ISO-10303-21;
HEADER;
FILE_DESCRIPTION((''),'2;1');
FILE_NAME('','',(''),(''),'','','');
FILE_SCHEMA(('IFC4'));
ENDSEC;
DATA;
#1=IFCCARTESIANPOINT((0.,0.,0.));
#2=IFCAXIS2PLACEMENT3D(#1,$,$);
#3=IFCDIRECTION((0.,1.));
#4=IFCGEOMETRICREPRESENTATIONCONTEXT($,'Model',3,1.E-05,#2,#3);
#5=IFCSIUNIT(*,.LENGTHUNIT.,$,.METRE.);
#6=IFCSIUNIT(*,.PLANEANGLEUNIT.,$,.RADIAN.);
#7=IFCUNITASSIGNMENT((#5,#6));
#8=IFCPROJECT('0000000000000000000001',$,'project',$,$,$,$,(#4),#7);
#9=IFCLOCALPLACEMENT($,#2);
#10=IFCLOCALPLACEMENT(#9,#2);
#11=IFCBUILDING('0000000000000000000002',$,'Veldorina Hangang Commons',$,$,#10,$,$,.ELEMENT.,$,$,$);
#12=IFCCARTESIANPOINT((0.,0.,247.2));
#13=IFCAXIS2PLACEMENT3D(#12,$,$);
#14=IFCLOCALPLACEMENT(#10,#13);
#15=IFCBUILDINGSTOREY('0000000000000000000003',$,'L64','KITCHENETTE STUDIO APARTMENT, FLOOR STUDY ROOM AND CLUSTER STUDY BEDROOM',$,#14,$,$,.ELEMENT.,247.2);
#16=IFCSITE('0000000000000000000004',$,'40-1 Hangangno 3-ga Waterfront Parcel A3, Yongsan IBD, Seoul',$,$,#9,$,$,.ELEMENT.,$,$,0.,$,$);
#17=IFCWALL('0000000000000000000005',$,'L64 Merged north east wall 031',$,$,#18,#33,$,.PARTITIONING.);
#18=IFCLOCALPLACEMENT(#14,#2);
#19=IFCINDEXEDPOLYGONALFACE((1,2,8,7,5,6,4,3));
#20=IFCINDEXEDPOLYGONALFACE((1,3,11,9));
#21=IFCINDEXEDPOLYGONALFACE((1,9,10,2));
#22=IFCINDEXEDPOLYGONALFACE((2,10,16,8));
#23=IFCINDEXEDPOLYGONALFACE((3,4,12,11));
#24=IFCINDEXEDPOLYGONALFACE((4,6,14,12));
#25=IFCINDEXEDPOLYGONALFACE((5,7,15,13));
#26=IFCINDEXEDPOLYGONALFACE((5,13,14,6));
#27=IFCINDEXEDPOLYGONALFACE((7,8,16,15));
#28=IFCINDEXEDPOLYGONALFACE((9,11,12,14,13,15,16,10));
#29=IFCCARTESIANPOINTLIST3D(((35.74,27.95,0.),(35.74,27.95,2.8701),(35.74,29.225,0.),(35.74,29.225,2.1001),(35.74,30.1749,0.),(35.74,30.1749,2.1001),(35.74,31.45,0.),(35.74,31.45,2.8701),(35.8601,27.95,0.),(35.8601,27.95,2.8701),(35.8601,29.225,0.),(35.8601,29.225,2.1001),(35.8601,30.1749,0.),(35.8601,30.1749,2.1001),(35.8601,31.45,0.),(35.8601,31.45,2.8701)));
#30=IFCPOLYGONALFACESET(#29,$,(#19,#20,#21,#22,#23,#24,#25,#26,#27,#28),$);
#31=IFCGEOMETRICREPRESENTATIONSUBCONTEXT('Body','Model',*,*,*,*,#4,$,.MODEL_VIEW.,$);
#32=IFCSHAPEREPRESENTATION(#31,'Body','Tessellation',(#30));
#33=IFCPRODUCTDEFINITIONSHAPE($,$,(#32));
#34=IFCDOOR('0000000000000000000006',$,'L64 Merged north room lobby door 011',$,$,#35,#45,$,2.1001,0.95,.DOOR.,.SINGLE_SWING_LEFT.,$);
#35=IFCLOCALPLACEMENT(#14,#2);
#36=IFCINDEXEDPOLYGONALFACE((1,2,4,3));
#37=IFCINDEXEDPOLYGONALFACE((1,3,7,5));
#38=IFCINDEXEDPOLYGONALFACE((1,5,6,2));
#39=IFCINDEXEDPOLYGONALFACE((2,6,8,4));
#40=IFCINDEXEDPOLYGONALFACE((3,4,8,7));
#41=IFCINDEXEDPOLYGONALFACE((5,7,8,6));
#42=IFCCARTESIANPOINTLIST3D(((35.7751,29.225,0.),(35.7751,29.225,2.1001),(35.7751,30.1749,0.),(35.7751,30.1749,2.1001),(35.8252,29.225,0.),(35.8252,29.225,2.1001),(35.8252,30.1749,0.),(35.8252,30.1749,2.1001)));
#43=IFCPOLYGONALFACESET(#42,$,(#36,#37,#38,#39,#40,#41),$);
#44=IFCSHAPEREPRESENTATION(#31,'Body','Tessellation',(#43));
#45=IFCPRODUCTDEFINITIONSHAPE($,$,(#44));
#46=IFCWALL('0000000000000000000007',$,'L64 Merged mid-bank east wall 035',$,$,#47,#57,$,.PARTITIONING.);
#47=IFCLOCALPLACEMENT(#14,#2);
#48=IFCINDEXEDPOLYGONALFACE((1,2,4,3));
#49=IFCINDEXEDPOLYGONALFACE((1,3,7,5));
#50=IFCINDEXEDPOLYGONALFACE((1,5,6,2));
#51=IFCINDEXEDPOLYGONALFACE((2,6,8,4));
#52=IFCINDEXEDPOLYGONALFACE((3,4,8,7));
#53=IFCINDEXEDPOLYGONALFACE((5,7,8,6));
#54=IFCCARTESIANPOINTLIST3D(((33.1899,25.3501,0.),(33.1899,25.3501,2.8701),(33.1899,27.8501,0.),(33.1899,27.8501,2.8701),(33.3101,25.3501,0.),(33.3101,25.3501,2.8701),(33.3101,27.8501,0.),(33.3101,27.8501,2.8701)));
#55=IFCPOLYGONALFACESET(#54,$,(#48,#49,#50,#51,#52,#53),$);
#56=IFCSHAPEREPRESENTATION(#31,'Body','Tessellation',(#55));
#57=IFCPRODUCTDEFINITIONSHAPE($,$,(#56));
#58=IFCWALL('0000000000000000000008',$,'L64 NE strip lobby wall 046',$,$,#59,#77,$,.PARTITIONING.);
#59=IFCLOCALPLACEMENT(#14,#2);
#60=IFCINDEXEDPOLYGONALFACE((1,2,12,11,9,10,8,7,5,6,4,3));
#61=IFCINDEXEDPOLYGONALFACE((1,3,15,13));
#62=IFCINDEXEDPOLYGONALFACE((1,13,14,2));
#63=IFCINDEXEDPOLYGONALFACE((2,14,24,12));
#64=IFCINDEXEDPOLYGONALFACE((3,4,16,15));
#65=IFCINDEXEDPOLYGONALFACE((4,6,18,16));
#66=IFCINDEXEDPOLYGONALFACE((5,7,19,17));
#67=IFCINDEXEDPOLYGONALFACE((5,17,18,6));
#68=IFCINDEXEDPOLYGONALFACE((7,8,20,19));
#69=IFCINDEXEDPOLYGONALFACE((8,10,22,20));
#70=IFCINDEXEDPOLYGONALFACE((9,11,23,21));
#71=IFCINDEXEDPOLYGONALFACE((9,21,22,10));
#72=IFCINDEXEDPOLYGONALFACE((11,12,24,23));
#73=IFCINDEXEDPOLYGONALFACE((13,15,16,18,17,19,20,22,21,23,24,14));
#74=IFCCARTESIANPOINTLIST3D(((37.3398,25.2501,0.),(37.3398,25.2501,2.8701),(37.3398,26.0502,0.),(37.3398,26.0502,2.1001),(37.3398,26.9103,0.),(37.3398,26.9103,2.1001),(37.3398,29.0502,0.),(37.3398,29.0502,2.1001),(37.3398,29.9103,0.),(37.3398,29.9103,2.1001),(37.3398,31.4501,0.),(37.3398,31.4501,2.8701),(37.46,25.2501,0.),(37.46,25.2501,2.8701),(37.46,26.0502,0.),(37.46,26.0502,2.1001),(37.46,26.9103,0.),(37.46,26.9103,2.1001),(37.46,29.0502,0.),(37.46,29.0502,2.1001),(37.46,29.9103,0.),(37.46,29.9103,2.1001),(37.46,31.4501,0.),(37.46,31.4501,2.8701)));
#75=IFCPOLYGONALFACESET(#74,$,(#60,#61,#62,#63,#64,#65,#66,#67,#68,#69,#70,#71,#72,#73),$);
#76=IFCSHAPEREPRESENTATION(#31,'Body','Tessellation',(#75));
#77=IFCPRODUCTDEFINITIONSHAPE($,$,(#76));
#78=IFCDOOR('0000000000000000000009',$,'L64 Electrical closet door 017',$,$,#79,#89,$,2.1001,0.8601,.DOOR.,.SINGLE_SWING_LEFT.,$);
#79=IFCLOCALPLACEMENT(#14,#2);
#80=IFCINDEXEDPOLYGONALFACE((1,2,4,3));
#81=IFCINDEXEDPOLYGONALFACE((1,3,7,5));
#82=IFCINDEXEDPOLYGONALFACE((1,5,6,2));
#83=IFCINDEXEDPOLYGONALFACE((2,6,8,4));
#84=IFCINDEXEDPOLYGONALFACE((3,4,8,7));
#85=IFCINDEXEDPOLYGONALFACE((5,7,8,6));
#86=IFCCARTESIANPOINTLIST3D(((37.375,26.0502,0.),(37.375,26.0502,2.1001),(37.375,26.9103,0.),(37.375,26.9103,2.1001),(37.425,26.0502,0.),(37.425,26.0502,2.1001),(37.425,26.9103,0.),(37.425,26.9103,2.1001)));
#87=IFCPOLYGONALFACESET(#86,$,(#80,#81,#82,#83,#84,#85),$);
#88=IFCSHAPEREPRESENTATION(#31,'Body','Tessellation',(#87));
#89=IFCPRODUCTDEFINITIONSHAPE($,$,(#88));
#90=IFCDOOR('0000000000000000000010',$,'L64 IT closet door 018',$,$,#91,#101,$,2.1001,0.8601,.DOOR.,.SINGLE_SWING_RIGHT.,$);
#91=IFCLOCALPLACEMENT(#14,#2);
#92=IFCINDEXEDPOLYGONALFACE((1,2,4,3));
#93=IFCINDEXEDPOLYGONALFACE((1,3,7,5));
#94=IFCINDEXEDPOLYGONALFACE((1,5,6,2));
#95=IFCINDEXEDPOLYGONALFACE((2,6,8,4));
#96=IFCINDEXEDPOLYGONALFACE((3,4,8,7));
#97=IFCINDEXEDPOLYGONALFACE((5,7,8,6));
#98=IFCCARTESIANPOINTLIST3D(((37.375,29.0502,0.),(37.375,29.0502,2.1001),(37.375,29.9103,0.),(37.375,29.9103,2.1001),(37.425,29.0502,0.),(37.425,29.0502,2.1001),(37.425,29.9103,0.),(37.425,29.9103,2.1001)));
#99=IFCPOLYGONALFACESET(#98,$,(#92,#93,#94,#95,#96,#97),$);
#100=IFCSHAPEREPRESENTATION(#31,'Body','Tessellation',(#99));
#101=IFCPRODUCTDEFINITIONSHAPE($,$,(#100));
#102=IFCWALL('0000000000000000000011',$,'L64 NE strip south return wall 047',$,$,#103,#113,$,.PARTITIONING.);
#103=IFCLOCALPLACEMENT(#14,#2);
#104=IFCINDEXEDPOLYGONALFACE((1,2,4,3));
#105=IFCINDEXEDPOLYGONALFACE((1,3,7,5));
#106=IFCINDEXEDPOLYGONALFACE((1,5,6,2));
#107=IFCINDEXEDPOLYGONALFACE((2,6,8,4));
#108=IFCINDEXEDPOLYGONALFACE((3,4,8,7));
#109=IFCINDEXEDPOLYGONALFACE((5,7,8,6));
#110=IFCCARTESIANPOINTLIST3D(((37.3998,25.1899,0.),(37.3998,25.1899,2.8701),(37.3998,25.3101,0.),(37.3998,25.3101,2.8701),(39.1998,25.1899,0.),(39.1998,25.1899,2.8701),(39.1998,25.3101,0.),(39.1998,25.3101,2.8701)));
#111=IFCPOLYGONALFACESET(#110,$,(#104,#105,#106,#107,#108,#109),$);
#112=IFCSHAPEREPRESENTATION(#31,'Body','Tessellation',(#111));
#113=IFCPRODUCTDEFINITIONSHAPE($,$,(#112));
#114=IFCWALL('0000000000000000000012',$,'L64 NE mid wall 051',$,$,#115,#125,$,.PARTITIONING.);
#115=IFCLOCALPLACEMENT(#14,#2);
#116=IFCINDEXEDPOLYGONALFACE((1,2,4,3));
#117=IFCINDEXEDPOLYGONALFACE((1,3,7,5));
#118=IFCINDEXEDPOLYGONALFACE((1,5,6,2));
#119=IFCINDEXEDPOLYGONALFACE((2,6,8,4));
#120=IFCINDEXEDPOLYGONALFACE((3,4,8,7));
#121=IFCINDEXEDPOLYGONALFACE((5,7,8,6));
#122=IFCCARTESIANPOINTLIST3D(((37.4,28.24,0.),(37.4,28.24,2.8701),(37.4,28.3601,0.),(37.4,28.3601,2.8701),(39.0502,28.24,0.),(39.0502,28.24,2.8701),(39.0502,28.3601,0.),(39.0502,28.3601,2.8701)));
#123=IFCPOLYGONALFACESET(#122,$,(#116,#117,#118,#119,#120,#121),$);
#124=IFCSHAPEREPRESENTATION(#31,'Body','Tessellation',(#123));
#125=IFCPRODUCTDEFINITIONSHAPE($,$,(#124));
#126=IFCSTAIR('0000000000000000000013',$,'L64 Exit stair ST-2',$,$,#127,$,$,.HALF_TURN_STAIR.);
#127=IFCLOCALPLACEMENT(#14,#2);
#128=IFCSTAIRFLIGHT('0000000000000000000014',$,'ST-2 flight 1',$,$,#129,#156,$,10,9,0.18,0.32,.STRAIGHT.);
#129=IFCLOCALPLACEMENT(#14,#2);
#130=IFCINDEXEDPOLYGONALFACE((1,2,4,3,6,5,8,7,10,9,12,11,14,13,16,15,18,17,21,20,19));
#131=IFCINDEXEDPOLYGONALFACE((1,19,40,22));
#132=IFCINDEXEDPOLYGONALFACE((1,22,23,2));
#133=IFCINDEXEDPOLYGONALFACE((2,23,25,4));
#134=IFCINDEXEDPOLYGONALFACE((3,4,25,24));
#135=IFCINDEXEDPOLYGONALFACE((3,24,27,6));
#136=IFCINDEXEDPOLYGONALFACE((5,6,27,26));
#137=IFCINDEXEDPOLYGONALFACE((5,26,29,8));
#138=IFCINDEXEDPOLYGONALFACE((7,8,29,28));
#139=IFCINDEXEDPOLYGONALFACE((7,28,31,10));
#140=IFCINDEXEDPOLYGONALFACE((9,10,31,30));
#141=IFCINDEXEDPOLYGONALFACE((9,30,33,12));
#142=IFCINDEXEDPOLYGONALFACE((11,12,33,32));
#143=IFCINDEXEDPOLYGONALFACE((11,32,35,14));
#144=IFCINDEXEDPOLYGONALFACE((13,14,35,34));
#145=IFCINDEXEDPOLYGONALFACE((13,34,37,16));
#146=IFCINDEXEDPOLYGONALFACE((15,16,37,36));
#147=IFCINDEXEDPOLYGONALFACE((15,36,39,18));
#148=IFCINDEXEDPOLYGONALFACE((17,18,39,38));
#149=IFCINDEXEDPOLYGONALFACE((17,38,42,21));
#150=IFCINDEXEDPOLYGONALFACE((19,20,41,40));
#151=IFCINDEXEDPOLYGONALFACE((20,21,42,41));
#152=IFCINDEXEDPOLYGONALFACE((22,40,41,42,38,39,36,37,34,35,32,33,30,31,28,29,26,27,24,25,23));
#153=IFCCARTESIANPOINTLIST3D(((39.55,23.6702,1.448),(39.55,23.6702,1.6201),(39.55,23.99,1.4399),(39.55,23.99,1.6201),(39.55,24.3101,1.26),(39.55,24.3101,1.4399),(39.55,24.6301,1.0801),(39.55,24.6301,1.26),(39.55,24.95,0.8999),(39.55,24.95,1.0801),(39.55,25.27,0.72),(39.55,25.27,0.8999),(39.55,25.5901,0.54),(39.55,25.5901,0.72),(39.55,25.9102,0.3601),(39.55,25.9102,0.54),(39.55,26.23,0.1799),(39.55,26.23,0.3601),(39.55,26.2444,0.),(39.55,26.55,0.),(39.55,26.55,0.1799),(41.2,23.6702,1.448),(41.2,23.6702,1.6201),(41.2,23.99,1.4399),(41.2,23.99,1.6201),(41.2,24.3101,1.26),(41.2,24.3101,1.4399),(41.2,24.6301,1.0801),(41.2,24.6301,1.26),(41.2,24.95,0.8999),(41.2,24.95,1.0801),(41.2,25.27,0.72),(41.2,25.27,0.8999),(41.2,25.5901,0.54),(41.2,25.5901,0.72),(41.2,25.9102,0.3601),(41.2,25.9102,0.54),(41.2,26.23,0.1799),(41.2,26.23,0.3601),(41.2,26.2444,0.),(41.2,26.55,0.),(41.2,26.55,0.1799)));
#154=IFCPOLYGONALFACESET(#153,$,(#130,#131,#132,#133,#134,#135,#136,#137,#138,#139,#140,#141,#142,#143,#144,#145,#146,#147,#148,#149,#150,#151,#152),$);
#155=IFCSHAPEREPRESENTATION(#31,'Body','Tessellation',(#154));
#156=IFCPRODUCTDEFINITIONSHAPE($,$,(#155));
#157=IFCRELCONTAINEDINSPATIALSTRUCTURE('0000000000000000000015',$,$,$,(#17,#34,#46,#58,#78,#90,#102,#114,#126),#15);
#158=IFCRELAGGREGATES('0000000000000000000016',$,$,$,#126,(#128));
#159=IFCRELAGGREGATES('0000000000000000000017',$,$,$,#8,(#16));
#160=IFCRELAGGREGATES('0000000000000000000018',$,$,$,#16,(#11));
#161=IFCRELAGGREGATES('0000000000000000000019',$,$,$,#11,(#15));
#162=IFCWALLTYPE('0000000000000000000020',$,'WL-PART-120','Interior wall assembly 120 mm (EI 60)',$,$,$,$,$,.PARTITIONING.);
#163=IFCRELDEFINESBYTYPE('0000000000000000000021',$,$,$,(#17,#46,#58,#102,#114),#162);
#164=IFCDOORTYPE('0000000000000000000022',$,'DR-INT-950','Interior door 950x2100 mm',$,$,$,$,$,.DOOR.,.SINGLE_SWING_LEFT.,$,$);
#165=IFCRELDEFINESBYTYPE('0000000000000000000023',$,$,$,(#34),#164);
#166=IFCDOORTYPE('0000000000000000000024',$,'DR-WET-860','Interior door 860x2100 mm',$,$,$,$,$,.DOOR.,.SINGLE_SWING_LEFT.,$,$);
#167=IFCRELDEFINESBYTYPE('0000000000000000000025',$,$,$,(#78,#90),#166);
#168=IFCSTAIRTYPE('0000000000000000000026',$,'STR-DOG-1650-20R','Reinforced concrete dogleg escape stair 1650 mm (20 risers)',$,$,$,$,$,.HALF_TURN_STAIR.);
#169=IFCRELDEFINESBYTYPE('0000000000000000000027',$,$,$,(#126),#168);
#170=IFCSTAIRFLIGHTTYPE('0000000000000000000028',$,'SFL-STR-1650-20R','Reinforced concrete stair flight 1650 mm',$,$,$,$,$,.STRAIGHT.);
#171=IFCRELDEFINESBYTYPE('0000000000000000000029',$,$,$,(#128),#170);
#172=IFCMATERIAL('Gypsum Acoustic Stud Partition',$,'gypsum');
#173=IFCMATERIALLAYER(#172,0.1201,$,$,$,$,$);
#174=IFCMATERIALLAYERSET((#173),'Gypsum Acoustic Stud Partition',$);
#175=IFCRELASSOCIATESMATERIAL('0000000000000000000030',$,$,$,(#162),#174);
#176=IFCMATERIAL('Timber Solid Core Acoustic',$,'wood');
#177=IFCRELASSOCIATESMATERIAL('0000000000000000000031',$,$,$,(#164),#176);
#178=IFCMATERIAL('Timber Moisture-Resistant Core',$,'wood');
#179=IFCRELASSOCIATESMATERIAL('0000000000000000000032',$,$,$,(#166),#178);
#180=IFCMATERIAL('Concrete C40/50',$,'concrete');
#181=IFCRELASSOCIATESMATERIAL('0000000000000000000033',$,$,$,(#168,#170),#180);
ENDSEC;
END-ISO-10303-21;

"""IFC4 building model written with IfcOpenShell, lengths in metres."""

from ifc_helpers import new_model, si_unit, direction, frame, frame_2d, origin, place, context, subcontext, project, spatial, polyline, rectangle, outline, extrude, material, layer, layer_set, type_object, element, fill, aggregate, save


model = new_model("IFC4")

# Units and contexts
model_context = context("Model", 3, precision=1e-05, world=origin(), true_north=direction((0.0, 1.0)))
body_context = subcontext(model_context, "Body", "Model", "MODEL_VIEW")
ifc_project = project(units=[si_unit("LENGTHUNIT", "METRE"), si_unit("PLANEANGLEUNIT", "RADIAN")], contexts=[model_context])

# Site, building, storey
site_placement = place(None, origin())
site = spatial("IfcSite", under=ifc_project, at=site_placement, Name="40-1 Hangangno 3-ga Waterfront Parcel A3, Yongsan IBD, Seoul", CompositionType="ELEMENT", RefElevation=0.0)
building_placement = place(site_placement, origin())
building = spatial("IfcBuilding", under=site, at=building_placement, Name="Veldorina Hangang Commons", CompositionType="ELEMENT")
storey_placement = place(building_placement, frame((0.0, 0.0, 247.2)))
storey = spatial("IfcBuildingStorey", under=building, at=storey_placement, Name="L64", Description="KITCHENETTE STUDIO APARTMENT, FLOOR STUDY ROOM AND CLUSTER STUDY BEDROOM", CompositionType="ELEMENT", Elevation=247.2)

# Wall, opening, door
ifc_material_1 = material(Name="Gypsum Acoustic Stud Partition", Category="gypsum")
ifc_layer_1 = layer(ifc_material_1, 0.1201)
ifc_layer_set_1 = layer_set([ifc_layer_1], Name="Gypsum Acoustic Stud Partition")
wall_type_1 = type_object("IfcWallType", Name="WL-PART-120", Description="Interior wall assembly 120 mm (EI 60)", PredefinedType="PARTITIONING", material=ifc_layer_set_1)
wall_1_placement = place(storey_placement, frame((35.8, 27.95, 0.0), z_axis=(0.0, 0.0, 1.0), x_axis=(0.0, 1.0, 0.0)))
wall_1 = element("IfcWall", 1, at=wall_1_placement, inside=storey, type_object=wall_type_1, Name="L64 Merged north east wall 031", PredefinedType="PARTITIONING", context=body_context, shape_type="SweptSolid", body=[
    extrude(rectangle(XDim=3.5, YDim=0.1201, at=frame_2d((1.75, 0.0))), origin(), (0.0, 0.0, 1.0), 2.8701),
])
opening_1_placement = place(wall_1_placement, frame((1.2749, 0.0, 0.0)))
opening_1 = element("IfcOpeningElement", 2, at=opening_1_placement, cuts=wall_1, PredefinedType="OPENING", context=body_context, shape_type="SweptSolid", body=[
    extrude(rectangle(XDim=0.95, YDim=2.1001, at=frame_2d((0.4751, 1.05))), frame((0.0, 0.0701, 0.0), z_axis=(0.0, -1.0, 0.0), x_axis=(1.0, 0.0, 0.0)), (0.0, 0.0, 1.0), 0.1401),
])
ifc_material_2 = material(Name="Timber Solid Core Acoustic", Category="wood")
door_type_1 = type_object("IfcDoorType", Name="DR-INT-950", Description="Interior door 950x2100 mm", OperationType="SINGLE_SWING_LEFT", PredefinedType="DOOR", material=ifc_material_2)
door_1_placement = place(opening_1_placement, origin())
door_1 = element("IfcDoor", 3, at=door_1_placement, inside=storey, type_object=door_type_1, Name="L64 Merged north room lobby door 011", OperationType="SINGLE_SWING_LEFT", OverallHeight=2.1001, OverallWidth=0.95, PredefinedType="DOOR", context=body_context, shape_type="SweptSolid", body=[
    extrude(rectangle(XDim=0.95, YDim=2.1001, at=frame_2d((0.4751, 1.05))), frame((0.0, 0.0249, 0.0), z_axis=(0.0, -1.0, 0.0), x_axis=(1.0, 0.0, 0.0)), (0.0, 0.0, 1.0), 0.05),
])
fill(opening_1, door_1)

# Wall
wall_2_placement = place(storey_placement, frame((33.25, 25.3501, 0.0), z_axis=(0.0, 0.0, 1.0), x_axis=(0.0, 1.0, 0.0)))
element("IfcWall", 4, at=wall_2_placement, inside=storey, type_object=wall_type_1, Name="L64 Merged mid-bank east wall 035", PredefinedType="PARTITIONING", context=body_context, shape_type="SweptSolid", body=[
    extrude(rectangle(XDim=2.5, YDim=0.1201, at=frame_2d((1.25, 0.0))), origin(), (0.0, 0.0, 1.0), 2.8701),
])

# Wall, openings, doors
wall_3_placement = place(storey_placement, frame((37.3999, 25.25, 0.0), z_axis=(0.0, 0.0, 1.0), x_axis=(0.0, 1.0, 0.0)))
wall_3 = element("IfcWall", 5, at=wall_3_placement, inside=storey, type_object=wall_type_1, Name="L64 NE strip lobby wall 046", PredefinedType="PARTITIONING", context=body_context, shape_type="SweptSolid", body=[
    extrude(rectangle(XDim=6.2, YDim=0.1201, at=frame_2d((3.1001, 0.0))), origin(), (0.0, 0.0, 1.0), 2.8701),
])
opening_2_placement = place(wall_3_placement, frame((0.8, 0.0, 0.0)))
opening_2 = element("IfcOpeningElement", 6, at=opening_2_placement, cuts=wall_3, PredefinedType="OPENING", context=body_context, shape_type="SweptSolid", body=[
    extrude(rectangle(XDim=0.8601, YDim=2.1001, at=frame_2d((0.4302, 1.05))), frame((0.0, 0.0701, 0.0), z_axis=(0.0, -1.0, 0.0), x_axis=(1.0, 0.0, 0.0)), (0.0, 0.0, 1.0), 0.1401),
])
opening_3_placement = place(wall_3_placement, frame((3.8, 0.0, 0.0)))
opening_3 = element("IfcOpeningElement", 7, at=opening_3_placement, cuts=wall_3, PredefinedType="OPENING", context=body_context, shape_type="SweptSolid", body=[
    extrude(rectangle(XDim=0.8601, YDim=2.1001, at=frame_2d((0.4302, 1.05))), frame((0.0, 0.0701, 0.0), z_axis=(0.0, -1.0, 0.0), x_axis=(1.0, 0.0, 0.0)), (0.0, 0.0, 1.0), 0.1401),
])
ifc_material_3 = material(Name="Timber Moisture-Resistant Core", Category="wood")
door_type_2 = type_object("IfcDoorType", Name="DR-WET-860", Description="Interior door 860x2100 mm", OperationType="SINGLE_SWING_LEFT", PredefinedType="DOOR", material=ifc_material_3)
door_2_placement = place(opening_2_placement, origin())
door_2 = element("IfcDoor", 8, at=door_2_placement, inside=storey, type_object=door_type_2, Name="L64 Electrical closet door 017", OperationType="SINGLE_SWING_LEFT", OverallHeight=2.1001, OverallWidth=0.8601, PredefinedType="DOOR", context=body_context, shape_type="SweptSolid", body=[
    extrude(rectangle(XDim=0.8601, YDim=2.1001, at=frame_2d((0.4302, 1.05))), frame((0.0, 0.0249, 0.0), z_axis=(0.0, -1.0, 0.0), x_axis=(1.0, 0.0, 0.0)), (0.0, 0.0, 1.0), 0.05),
])
fill(opening_2, door_2)
door_3_placement = place(opening_3_placement, origin())
door_3 = element("IfcDoor", 9, at=door_3_placement, inside=storey, type_object=door_type_2, Name="L64 IT closet door 018", OperationType="SINGLE_SWING_RIGHT", OverallHeight=2.1001, OverallWidth=0.8601, PredefinedType="DOOR", context=body_context, shape_type="SweptSolid", body=[
    extrude(rectangle(XDim=0.8601, YDim=2.1001, at=frame_2d((0.4302, 1.05))), frame((0.0, 0.0249, 0.0), z_axis=(0.0, -1.0, 0.0), x_axis=(1.0, 0.0, 0.0)), (0.0, 0.0, 1.0), 0.05),
])
fill(opening_3, door_3)

# Walls
wall_4_placement = place(storey_placement, frame((37.3999, 25.25, 0.0), z_axis=(0.0, 0.0, 1.0), x_axis=(1.0, 0.0, 0.0)))
element("IfcWall", 10, at=wall_4_placement, inside=storey, type_object=wall_type_1, Name="L64 NE strip south return wall 047", PredefinedType="PARTITIONING", context=body_context, shape_type="SweptSolid", body=[
    extrude(rectangle(XDim=1.8, YDim=0.1201, at=frame_2d((0.8999, 0.0))), origin(), (0.0, 0.0, 1.0), 2.8701),
])
wall_5_placement = place(storey_placement, frame((37.3999, 28.3, 0.0), z_axis=(0.0, 0.0, 1.0), x_axis=(1.0, 0.0, 0.0)))
element("IfcWall", 11, at=wall_5_placement, inside=storey, type_object=wall_type_1, Name="L64 NE mid wall 051", PredefinedType="PARTITIONING", context=body_context, shape_type="SweptSolid", body=[
    extrude(rectangle(XDim=1.6501, YDim=0.1201, at=frame_2d((0.8252, 0.0))), origin(), (0.0, 0.0, 1.0), 2.8701),
])

# Stair, stair flight
ifc_material_4 = material(Name="Concrete C40/50", Category="concrete")
stair_type = type_object("IfcStairType", Name="STR-DOG-1650-20R", Description="Reinforced concrete dogleg escape stair 1650 mm (20 risers)", PredefinedType="HALF_TURN_STAIR", material=ifc_material_4)
stair_placement = place(storey_placement, origin())
stair = element("IfcStair", 12, at=stair_placement, inside=storey, type_object=stair_type, Name="L64 Exit stair ST-2", PredefinedType="HALF_TURN_STAIR")
stair_flight_type = type_object("IfcStairFlightType", Name="SFL-STR-1650-20R", Description="Reinforced concrete stair flight 1650 mm", PredefinedType="STRAIGHT", material=ifc_material_4)
stair_flight_placement = place(storey_placement, frame((40.375, 26.55, 0.0), z_axis=(0.0, 0.0, 1.0), x_axis=(0.0, -1.0, 0.0)))
stair_flight = element("IfcStairFlight", 13, at=stair_flight_placement, type_object=stair_flight_type, Name="ST-2 flight 1", NumberOfRisers=10, NumberOfTreads=9, PredefinedType="STRAIGHT", RiserHeight=0.18, TreadLength=0.32, context=body_context, shape_type="SweptSolid", body=[
    extrude(outline(polyline([(0.0, 0.0), (0.0, 0.1799), (0.3201, 0.1799), (0.3201, 0.3601), (0.6399, 0.3601), (0.6399, 0.54), (0.96, 0.54), (0.96, 0.72), (1.28, 0.72), (1.28, 0.8999), (1.6001, 0.8999), (1.6001, 1.0801), (1.9199, 1.0801), (1.9199, 1.26), (2.24, 1.26), (2.24, 1.4399), (2.5601, 1.4399), (2.5601, 1.6201), (2.8799, 1.6201), (2.8799, 1.8), (2.8799, 1.448), (0.3057, 0.0), (0.0, 0.0)])), frame((0.0, 0.825, 0.0), z_axis=(0.0, -1.0, 0.0), x_axis=(1.0, 0.0, 0.0)), (0.0, 0.0, 1.0), 1.6499),
])
aggregate(stair, [stair_flight])

save(model, "model.ifc")
